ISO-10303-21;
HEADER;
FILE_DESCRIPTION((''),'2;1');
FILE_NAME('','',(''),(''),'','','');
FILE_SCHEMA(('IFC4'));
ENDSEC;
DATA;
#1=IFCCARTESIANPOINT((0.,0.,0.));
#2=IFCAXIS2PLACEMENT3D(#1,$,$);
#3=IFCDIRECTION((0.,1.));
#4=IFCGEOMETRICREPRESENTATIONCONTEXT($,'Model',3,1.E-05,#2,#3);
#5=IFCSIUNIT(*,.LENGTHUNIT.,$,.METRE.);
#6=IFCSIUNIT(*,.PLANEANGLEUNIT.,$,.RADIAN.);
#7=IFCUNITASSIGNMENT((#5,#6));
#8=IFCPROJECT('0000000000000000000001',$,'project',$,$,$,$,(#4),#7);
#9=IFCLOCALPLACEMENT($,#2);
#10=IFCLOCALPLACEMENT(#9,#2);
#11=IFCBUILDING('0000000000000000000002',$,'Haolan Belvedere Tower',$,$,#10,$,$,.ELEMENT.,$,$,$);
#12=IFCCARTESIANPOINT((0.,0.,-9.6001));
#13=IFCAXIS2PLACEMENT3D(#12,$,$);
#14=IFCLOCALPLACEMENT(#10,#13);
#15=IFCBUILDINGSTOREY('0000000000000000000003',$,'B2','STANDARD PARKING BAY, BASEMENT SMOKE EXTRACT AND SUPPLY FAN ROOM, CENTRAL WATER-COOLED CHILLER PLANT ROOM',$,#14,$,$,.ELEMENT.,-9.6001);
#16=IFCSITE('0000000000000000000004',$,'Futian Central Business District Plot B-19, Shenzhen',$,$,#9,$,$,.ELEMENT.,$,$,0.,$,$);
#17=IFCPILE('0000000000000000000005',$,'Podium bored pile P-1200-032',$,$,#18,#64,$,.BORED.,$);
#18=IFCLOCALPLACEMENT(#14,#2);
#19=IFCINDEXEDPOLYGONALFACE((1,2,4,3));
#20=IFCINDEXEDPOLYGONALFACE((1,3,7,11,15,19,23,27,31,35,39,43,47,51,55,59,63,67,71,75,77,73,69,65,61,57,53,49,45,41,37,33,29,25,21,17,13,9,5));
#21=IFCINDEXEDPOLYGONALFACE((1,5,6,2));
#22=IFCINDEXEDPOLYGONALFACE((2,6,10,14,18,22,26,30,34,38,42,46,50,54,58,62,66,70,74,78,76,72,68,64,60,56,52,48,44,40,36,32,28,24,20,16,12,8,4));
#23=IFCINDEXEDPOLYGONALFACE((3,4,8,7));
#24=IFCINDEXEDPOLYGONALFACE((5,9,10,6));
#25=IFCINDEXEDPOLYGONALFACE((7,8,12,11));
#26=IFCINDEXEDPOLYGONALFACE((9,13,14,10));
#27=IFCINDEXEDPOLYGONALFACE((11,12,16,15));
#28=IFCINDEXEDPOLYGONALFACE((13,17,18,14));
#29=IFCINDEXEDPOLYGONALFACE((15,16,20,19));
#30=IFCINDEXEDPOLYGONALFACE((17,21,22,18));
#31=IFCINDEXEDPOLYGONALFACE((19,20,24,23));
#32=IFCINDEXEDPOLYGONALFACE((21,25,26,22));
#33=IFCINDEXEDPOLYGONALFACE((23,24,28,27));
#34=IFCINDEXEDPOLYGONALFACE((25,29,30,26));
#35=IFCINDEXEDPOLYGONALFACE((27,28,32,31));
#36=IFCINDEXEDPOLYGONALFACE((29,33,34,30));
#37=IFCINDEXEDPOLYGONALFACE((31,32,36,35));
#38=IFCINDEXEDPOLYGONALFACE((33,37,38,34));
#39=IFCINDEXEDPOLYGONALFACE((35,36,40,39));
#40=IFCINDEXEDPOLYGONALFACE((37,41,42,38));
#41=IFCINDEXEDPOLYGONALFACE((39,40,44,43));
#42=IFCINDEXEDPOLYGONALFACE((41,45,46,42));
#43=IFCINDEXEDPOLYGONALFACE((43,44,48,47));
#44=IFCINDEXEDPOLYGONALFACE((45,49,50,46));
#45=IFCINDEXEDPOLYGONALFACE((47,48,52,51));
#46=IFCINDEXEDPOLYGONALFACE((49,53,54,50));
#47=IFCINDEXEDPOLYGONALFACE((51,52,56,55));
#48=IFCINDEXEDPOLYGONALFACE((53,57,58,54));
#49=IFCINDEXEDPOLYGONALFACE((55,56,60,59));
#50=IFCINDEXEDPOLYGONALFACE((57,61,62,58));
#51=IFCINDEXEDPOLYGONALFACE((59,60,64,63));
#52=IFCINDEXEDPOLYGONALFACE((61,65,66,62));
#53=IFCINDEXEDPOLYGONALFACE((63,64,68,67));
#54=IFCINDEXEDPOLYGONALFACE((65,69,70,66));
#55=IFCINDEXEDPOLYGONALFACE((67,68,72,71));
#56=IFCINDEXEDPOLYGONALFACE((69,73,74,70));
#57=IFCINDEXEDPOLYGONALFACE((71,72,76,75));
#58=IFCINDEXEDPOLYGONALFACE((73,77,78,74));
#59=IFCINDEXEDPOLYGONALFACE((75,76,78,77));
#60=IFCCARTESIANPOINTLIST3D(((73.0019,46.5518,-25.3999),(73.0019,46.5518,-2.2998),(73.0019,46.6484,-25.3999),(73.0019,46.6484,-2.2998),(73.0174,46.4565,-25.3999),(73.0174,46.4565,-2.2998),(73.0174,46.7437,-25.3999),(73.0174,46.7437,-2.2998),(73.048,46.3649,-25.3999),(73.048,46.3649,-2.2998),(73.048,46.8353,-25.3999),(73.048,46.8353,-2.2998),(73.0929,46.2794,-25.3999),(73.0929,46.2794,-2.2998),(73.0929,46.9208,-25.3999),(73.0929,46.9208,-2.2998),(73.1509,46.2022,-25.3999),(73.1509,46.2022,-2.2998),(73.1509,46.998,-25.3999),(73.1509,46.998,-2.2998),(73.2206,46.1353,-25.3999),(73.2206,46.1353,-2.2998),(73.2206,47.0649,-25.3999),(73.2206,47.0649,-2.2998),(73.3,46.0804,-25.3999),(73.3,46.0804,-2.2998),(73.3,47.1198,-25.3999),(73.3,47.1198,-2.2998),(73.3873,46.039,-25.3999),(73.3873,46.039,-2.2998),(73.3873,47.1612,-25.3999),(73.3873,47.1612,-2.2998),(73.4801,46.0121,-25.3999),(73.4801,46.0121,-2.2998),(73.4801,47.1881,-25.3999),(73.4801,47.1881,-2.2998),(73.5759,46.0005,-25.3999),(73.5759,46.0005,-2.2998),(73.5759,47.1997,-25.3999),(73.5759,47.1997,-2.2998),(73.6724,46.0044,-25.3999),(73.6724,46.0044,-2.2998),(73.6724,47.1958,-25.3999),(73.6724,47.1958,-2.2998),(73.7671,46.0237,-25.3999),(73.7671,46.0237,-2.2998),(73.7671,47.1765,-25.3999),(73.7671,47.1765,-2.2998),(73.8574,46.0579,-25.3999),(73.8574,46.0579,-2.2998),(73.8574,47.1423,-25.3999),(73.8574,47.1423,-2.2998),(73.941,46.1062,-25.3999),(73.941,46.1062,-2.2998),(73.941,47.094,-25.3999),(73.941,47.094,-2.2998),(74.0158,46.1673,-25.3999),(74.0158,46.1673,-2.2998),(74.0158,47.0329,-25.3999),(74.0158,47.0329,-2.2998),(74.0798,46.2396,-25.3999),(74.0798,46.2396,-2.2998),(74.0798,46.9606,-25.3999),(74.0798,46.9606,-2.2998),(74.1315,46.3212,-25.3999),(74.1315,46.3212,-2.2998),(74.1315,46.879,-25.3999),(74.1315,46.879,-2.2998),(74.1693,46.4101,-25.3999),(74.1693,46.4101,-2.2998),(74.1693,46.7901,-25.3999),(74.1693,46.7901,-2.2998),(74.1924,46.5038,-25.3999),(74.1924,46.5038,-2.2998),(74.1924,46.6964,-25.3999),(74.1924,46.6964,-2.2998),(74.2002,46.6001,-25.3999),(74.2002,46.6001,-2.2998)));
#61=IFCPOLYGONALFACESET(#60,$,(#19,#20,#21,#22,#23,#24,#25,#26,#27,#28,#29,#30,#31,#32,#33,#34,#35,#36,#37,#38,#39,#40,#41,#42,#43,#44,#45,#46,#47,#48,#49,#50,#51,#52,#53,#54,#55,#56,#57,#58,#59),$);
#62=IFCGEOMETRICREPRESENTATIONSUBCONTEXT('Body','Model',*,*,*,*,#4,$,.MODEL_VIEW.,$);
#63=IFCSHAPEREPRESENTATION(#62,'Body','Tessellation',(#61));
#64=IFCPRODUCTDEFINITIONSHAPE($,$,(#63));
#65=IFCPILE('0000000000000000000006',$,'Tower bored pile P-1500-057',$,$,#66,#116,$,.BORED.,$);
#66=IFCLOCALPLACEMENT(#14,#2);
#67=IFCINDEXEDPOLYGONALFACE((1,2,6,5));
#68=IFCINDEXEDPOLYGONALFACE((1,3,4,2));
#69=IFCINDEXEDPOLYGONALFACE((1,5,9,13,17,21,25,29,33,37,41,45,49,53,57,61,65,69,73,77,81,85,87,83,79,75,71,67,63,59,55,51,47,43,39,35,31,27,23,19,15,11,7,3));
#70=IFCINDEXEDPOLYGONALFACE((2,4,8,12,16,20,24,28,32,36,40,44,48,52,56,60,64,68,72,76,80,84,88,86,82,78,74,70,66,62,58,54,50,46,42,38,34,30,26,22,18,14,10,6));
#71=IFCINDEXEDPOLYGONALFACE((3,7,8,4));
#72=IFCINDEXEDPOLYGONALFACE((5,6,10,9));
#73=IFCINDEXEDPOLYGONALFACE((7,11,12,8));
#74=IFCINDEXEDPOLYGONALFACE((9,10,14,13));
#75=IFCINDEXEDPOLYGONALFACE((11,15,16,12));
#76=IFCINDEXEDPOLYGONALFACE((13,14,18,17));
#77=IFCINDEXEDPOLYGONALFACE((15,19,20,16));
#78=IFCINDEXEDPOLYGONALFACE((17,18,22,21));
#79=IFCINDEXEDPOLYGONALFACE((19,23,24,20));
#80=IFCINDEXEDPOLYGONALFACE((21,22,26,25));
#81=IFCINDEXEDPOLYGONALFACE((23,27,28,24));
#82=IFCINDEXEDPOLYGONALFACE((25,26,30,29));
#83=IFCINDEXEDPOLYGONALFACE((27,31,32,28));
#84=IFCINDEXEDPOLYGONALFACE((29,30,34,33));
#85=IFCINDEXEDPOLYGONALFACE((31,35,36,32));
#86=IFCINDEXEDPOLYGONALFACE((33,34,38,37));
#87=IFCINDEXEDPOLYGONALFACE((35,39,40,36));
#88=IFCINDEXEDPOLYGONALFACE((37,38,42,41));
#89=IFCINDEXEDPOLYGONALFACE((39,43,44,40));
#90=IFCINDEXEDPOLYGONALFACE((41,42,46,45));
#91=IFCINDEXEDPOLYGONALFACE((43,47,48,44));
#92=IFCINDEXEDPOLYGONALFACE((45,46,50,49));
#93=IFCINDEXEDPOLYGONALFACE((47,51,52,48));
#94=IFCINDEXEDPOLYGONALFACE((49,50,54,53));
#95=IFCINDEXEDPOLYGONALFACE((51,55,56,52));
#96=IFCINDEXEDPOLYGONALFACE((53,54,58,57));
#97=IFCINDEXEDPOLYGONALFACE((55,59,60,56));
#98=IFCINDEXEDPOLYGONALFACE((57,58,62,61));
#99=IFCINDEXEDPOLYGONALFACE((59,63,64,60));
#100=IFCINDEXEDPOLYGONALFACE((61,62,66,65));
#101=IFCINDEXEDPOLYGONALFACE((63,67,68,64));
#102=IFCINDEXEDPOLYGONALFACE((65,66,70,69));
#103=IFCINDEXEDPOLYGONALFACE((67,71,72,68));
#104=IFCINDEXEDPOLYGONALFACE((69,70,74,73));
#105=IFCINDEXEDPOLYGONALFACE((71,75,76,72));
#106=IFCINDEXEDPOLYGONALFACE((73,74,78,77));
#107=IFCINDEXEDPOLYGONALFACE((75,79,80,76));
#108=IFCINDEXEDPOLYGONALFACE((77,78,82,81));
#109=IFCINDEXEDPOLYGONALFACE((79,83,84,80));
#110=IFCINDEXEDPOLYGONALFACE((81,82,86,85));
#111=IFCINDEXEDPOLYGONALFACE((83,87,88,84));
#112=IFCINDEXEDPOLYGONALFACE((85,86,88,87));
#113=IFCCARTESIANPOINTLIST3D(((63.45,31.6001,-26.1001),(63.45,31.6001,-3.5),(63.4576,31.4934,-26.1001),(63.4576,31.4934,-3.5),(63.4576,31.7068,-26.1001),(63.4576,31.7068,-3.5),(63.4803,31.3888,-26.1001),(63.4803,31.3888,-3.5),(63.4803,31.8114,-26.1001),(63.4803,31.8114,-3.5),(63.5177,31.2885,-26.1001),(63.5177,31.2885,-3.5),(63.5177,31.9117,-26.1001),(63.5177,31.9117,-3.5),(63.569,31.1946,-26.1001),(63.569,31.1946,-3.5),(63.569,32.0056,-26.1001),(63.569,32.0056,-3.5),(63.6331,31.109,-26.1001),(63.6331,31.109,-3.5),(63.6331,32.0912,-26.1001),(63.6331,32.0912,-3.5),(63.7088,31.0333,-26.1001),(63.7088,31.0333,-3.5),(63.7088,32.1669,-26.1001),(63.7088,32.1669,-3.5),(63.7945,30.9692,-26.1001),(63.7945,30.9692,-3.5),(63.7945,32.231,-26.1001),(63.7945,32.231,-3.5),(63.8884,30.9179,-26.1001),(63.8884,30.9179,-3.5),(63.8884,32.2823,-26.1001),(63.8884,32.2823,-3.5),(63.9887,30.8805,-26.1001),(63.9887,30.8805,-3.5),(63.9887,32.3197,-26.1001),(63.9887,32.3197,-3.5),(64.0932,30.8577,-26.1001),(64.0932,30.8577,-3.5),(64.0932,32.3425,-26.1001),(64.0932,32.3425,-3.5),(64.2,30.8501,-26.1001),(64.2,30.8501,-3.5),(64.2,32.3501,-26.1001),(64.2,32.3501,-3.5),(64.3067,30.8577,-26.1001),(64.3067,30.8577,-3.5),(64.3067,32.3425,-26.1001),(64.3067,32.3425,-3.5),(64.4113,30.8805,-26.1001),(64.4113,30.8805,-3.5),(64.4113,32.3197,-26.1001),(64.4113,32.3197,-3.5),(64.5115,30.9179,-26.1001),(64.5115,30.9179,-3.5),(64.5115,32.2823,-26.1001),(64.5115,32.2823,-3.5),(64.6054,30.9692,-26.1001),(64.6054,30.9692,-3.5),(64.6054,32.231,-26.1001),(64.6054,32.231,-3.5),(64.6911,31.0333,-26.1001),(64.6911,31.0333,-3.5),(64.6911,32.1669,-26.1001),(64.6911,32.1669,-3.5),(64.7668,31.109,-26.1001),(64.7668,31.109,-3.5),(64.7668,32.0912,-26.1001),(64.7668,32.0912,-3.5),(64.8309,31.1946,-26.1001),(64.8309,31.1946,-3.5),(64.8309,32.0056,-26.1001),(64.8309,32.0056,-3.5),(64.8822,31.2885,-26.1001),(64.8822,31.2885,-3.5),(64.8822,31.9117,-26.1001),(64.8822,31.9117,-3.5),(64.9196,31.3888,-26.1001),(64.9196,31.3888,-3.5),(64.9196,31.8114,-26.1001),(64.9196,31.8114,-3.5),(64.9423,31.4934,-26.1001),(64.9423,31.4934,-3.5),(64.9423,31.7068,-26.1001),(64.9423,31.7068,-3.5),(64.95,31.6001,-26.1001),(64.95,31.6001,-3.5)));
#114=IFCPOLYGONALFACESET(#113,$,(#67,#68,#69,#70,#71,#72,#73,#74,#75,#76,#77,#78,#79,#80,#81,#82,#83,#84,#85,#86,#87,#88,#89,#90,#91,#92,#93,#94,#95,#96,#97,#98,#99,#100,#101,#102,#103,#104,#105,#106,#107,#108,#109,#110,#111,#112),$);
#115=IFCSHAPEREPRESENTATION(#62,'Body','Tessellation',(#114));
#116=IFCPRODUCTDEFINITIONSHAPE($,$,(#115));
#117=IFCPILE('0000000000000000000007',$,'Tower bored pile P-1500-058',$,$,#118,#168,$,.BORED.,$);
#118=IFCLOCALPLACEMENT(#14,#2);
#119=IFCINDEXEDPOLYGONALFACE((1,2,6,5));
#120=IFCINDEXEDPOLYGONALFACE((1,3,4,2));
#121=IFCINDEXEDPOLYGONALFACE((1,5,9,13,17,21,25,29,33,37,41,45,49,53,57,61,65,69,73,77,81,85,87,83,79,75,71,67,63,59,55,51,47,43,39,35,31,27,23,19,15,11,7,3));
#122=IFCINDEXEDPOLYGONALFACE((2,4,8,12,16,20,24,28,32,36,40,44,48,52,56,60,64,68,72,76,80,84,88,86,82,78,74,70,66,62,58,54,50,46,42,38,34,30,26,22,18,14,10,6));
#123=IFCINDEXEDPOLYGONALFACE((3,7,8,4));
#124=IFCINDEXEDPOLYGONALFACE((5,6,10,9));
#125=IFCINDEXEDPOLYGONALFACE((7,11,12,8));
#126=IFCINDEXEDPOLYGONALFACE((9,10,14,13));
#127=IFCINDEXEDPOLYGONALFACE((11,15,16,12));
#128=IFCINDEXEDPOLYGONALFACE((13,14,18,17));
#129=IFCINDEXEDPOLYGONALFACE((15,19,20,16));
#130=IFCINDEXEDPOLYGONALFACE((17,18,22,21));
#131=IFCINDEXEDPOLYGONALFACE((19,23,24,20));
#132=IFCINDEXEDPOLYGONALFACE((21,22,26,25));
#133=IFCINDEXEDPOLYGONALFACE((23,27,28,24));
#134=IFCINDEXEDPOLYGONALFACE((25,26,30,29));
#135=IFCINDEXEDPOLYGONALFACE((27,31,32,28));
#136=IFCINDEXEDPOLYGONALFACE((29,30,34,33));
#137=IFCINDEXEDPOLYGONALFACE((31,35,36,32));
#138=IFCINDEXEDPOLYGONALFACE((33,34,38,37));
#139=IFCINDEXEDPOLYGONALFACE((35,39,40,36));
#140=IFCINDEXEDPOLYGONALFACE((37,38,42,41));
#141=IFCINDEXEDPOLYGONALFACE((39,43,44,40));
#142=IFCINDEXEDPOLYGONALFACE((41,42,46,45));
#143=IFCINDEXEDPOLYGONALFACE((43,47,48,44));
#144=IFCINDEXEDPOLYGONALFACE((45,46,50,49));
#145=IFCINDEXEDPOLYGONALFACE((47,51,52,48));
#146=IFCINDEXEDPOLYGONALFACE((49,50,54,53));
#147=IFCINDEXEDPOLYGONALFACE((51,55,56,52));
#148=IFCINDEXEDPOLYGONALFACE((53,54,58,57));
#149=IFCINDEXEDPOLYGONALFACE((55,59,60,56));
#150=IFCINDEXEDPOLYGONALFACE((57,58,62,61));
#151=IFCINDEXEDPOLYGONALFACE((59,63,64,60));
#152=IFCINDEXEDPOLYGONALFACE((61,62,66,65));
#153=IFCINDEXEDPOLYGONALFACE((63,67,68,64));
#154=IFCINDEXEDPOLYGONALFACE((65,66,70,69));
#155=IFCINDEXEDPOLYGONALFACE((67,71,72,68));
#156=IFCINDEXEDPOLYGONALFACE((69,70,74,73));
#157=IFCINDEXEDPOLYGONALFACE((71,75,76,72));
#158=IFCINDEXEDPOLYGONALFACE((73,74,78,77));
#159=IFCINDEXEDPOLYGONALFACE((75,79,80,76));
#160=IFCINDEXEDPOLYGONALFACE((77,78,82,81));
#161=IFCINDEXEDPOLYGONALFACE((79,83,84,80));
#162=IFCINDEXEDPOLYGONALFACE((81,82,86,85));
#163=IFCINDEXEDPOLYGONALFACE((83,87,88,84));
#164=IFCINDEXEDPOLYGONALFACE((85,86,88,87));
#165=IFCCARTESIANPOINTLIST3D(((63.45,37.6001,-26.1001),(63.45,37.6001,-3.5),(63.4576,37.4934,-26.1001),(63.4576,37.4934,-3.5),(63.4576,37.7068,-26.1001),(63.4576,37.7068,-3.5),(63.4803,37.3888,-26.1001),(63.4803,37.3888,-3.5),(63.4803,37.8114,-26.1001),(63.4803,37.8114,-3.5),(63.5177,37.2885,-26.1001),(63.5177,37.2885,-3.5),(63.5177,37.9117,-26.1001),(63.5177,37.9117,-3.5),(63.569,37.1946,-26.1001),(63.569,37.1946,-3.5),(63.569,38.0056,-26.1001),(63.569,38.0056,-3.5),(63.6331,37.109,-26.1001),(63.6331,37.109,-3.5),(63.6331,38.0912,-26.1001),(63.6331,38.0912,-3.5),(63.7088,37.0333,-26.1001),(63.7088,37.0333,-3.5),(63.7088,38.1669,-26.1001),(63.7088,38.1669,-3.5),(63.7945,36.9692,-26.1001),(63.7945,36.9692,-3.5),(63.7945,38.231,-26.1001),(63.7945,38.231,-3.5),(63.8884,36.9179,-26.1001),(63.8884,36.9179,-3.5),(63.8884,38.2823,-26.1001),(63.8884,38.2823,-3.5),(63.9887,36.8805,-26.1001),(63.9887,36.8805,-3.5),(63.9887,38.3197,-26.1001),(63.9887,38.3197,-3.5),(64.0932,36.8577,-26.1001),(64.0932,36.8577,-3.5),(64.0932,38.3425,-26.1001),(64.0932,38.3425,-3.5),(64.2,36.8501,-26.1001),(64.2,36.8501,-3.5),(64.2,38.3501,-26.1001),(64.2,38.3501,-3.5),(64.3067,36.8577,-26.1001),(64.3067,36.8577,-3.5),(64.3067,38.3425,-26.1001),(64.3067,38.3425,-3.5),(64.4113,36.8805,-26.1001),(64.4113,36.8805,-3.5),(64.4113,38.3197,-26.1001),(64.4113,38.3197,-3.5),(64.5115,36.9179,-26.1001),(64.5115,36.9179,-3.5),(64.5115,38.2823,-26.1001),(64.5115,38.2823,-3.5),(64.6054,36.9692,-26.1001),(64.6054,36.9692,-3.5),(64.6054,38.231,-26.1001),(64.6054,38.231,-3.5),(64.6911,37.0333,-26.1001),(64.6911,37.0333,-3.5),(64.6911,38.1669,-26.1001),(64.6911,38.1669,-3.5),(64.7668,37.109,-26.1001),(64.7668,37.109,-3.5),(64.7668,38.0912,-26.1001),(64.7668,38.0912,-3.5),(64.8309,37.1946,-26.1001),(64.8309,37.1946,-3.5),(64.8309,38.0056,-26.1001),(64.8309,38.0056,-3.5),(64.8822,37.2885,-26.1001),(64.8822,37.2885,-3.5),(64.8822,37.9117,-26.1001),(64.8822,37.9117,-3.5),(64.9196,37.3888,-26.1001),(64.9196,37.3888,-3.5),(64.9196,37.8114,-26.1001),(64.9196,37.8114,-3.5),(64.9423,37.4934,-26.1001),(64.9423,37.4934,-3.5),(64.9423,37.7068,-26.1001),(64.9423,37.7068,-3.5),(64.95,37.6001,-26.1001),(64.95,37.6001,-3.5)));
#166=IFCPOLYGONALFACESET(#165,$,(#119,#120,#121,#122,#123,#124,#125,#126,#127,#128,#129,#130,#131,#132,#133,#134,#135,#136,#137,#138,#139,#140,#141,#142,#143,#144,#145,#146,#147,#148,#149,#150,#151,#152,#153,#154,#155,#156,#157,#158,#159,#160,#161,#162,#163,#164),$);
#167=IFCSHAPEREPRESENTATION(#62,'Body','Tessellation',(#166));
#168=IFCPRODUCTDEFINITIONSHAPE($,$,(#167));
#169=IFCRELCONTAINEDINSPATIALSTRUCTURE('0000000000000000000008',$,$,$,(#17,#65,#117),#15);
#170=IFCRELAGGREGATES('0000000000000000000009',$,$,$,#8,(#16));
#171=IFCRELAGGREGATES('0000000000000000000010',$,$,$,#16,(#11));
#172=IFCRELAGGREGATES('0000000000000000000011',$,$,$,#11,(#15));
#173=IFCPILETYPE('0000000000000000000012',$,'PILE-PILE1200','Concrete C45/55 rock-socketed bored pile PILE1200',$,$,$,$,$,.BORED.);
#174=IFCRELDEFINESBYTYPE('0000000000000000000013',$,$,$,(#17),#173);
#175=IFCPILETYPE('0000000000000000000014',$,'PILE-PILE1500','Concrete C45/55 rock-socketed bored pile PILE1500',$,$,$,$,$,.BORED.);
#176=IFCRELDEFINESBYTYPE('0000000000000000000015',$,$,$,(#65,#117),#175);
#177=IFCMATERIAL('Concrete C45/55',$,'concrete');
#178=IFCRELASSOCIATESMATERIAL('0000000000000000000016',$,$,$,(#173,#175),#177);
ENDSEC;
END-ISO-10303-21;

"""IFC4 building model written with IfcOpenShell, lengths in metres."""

from ifc_helpers import new_model, si_unit, direction, frame, origin, origin_2d, place, context, subcontext, project, spatial, circle, extrude, material, material_profile, profile_set, type_object, element, save


model = new_model("IFC4")

# Units and contexts
model_context = context("Model", 3, precision=1e-05, world=origin(), true_north=direction((0.0, 1.0)))
body_context = subcontext(model_context, "Body", "Model", "MODEL_VIEW")
ifc_project = project(units=[si_unit("LENGTHUNIT", "METRE"), si_unit("PLANEANGLEUNIT", "RADIAN")], contexts=[model_context])

# Site, building, storey
site_placement = place(None, origin())
site = spatial("IfcSite", under=ifc_project, at=site_placement, Name="Futian Central Business District Plot B-19, Shenzhen", CompositionType="ELEMENT", RefElevation=0.0)
building_placement = place(site_placement, origin())
building = spatial("IfcBuilding", under=site, at=building_placement, Name="Haolan Belvedere Tower", CompositionType="ELEMENT")
storey_placement = place(building_placement, frame((0.0, 0.0, -9.6001)))
storey = spatial("IfcBuildingStorey", under=building, at=storey_placement, Name="B2", Description="STANDARD PARKING BAY, BASEMENT SMOKE EXTRACT AND SUPPLY FAN ROOM, CENTRAL WATER-COOLED CHILLER PLANT ROOM", CompositionType="ELEMENT", Elevation=-9.6001)

# Piles
ifc_material_1 = material(Name="Concrete C45/55", Category="concrete")
ifc_material_profile_1 = material_profile(ifc_material_1, circle(Radius=0.6001, at=origin_2d()), Name="Concrete C45/55")
ifc_profile_set_1 = profile_set([ifc_material_profile_1], Name="Concrete C45/55")
pile_type_1 = type_object("IfcPileType", Name="PILE-PILE1200", Description="Concrete C45/55 rock-socketed bored pile PILE1200", PredefinedType="BORED", material=ifc_profile_set_1)
for number, where, z_axis, x_axis, name in (
    (1, (73.6001, 46.6001, -2.2998), (0.0, 0.0, -1.0), (1.0, 0.0, 0.0), "Podium bored pile P-1200-032"),
):
    element("IfcPile", number, at=place(storey_placement, frame(where, z_axis=z_axis, x_axis=x_axis)), inside=storey, type_object=pile_type_1, Name=name, PredefinedType="BORED", context=body_context, shape_type="SweptSolid", body=[
        extrude(circle(Radius=0.6001, at=origin_2d()), origin(), (0.0, 0.0, 1.0), 23.1001),
    ])
ifc_material_profile_2 = material_profile(ifc_material_1, circle(Radius=0.75, at=origin_2d()), Name="Concrete C45/55")
ifc_profile_set_2 = profile_set([ifc_material_profile_2], Name="Concrete C45/55")
pile_type_2 = type_object("IfcPileType", Name="PILE-PILE1500", Description="Concrete C45/55 rock-socketed bored pile PILE1500", PredefinedType="BORED", material=ifc_profile_set_2)
for number, where, z_axis, x_axis, name in (
    (2, (64.2, 31.6001, -3.5), (0.0, 0.0, -1.0), (1.0, 0.0, 0.0), "Tower bored pile P-1500-057"),
    (3, (64.2, 37.6001, -3.5), (0.0, 0.0, -1.0), (1.0, 0.0, 0.0), "Tower bored pile P-1500-058"),
):
    element("IfcPile", number, at=place(storey_placement, frame(where, z_axis=z_axis, x_axis=x_axis)), inside=storey, type_object=pile_type_2, Name=name, PredefinedType="BORED", context=body_context, shape_type="SweptSolid", body=[
        extrude(circle(Radius=0.75, at=origin_2d()), origin(), (0.0, 0.0, 1.0), 22.6001),
    ])

save(model, "model.ifc")
